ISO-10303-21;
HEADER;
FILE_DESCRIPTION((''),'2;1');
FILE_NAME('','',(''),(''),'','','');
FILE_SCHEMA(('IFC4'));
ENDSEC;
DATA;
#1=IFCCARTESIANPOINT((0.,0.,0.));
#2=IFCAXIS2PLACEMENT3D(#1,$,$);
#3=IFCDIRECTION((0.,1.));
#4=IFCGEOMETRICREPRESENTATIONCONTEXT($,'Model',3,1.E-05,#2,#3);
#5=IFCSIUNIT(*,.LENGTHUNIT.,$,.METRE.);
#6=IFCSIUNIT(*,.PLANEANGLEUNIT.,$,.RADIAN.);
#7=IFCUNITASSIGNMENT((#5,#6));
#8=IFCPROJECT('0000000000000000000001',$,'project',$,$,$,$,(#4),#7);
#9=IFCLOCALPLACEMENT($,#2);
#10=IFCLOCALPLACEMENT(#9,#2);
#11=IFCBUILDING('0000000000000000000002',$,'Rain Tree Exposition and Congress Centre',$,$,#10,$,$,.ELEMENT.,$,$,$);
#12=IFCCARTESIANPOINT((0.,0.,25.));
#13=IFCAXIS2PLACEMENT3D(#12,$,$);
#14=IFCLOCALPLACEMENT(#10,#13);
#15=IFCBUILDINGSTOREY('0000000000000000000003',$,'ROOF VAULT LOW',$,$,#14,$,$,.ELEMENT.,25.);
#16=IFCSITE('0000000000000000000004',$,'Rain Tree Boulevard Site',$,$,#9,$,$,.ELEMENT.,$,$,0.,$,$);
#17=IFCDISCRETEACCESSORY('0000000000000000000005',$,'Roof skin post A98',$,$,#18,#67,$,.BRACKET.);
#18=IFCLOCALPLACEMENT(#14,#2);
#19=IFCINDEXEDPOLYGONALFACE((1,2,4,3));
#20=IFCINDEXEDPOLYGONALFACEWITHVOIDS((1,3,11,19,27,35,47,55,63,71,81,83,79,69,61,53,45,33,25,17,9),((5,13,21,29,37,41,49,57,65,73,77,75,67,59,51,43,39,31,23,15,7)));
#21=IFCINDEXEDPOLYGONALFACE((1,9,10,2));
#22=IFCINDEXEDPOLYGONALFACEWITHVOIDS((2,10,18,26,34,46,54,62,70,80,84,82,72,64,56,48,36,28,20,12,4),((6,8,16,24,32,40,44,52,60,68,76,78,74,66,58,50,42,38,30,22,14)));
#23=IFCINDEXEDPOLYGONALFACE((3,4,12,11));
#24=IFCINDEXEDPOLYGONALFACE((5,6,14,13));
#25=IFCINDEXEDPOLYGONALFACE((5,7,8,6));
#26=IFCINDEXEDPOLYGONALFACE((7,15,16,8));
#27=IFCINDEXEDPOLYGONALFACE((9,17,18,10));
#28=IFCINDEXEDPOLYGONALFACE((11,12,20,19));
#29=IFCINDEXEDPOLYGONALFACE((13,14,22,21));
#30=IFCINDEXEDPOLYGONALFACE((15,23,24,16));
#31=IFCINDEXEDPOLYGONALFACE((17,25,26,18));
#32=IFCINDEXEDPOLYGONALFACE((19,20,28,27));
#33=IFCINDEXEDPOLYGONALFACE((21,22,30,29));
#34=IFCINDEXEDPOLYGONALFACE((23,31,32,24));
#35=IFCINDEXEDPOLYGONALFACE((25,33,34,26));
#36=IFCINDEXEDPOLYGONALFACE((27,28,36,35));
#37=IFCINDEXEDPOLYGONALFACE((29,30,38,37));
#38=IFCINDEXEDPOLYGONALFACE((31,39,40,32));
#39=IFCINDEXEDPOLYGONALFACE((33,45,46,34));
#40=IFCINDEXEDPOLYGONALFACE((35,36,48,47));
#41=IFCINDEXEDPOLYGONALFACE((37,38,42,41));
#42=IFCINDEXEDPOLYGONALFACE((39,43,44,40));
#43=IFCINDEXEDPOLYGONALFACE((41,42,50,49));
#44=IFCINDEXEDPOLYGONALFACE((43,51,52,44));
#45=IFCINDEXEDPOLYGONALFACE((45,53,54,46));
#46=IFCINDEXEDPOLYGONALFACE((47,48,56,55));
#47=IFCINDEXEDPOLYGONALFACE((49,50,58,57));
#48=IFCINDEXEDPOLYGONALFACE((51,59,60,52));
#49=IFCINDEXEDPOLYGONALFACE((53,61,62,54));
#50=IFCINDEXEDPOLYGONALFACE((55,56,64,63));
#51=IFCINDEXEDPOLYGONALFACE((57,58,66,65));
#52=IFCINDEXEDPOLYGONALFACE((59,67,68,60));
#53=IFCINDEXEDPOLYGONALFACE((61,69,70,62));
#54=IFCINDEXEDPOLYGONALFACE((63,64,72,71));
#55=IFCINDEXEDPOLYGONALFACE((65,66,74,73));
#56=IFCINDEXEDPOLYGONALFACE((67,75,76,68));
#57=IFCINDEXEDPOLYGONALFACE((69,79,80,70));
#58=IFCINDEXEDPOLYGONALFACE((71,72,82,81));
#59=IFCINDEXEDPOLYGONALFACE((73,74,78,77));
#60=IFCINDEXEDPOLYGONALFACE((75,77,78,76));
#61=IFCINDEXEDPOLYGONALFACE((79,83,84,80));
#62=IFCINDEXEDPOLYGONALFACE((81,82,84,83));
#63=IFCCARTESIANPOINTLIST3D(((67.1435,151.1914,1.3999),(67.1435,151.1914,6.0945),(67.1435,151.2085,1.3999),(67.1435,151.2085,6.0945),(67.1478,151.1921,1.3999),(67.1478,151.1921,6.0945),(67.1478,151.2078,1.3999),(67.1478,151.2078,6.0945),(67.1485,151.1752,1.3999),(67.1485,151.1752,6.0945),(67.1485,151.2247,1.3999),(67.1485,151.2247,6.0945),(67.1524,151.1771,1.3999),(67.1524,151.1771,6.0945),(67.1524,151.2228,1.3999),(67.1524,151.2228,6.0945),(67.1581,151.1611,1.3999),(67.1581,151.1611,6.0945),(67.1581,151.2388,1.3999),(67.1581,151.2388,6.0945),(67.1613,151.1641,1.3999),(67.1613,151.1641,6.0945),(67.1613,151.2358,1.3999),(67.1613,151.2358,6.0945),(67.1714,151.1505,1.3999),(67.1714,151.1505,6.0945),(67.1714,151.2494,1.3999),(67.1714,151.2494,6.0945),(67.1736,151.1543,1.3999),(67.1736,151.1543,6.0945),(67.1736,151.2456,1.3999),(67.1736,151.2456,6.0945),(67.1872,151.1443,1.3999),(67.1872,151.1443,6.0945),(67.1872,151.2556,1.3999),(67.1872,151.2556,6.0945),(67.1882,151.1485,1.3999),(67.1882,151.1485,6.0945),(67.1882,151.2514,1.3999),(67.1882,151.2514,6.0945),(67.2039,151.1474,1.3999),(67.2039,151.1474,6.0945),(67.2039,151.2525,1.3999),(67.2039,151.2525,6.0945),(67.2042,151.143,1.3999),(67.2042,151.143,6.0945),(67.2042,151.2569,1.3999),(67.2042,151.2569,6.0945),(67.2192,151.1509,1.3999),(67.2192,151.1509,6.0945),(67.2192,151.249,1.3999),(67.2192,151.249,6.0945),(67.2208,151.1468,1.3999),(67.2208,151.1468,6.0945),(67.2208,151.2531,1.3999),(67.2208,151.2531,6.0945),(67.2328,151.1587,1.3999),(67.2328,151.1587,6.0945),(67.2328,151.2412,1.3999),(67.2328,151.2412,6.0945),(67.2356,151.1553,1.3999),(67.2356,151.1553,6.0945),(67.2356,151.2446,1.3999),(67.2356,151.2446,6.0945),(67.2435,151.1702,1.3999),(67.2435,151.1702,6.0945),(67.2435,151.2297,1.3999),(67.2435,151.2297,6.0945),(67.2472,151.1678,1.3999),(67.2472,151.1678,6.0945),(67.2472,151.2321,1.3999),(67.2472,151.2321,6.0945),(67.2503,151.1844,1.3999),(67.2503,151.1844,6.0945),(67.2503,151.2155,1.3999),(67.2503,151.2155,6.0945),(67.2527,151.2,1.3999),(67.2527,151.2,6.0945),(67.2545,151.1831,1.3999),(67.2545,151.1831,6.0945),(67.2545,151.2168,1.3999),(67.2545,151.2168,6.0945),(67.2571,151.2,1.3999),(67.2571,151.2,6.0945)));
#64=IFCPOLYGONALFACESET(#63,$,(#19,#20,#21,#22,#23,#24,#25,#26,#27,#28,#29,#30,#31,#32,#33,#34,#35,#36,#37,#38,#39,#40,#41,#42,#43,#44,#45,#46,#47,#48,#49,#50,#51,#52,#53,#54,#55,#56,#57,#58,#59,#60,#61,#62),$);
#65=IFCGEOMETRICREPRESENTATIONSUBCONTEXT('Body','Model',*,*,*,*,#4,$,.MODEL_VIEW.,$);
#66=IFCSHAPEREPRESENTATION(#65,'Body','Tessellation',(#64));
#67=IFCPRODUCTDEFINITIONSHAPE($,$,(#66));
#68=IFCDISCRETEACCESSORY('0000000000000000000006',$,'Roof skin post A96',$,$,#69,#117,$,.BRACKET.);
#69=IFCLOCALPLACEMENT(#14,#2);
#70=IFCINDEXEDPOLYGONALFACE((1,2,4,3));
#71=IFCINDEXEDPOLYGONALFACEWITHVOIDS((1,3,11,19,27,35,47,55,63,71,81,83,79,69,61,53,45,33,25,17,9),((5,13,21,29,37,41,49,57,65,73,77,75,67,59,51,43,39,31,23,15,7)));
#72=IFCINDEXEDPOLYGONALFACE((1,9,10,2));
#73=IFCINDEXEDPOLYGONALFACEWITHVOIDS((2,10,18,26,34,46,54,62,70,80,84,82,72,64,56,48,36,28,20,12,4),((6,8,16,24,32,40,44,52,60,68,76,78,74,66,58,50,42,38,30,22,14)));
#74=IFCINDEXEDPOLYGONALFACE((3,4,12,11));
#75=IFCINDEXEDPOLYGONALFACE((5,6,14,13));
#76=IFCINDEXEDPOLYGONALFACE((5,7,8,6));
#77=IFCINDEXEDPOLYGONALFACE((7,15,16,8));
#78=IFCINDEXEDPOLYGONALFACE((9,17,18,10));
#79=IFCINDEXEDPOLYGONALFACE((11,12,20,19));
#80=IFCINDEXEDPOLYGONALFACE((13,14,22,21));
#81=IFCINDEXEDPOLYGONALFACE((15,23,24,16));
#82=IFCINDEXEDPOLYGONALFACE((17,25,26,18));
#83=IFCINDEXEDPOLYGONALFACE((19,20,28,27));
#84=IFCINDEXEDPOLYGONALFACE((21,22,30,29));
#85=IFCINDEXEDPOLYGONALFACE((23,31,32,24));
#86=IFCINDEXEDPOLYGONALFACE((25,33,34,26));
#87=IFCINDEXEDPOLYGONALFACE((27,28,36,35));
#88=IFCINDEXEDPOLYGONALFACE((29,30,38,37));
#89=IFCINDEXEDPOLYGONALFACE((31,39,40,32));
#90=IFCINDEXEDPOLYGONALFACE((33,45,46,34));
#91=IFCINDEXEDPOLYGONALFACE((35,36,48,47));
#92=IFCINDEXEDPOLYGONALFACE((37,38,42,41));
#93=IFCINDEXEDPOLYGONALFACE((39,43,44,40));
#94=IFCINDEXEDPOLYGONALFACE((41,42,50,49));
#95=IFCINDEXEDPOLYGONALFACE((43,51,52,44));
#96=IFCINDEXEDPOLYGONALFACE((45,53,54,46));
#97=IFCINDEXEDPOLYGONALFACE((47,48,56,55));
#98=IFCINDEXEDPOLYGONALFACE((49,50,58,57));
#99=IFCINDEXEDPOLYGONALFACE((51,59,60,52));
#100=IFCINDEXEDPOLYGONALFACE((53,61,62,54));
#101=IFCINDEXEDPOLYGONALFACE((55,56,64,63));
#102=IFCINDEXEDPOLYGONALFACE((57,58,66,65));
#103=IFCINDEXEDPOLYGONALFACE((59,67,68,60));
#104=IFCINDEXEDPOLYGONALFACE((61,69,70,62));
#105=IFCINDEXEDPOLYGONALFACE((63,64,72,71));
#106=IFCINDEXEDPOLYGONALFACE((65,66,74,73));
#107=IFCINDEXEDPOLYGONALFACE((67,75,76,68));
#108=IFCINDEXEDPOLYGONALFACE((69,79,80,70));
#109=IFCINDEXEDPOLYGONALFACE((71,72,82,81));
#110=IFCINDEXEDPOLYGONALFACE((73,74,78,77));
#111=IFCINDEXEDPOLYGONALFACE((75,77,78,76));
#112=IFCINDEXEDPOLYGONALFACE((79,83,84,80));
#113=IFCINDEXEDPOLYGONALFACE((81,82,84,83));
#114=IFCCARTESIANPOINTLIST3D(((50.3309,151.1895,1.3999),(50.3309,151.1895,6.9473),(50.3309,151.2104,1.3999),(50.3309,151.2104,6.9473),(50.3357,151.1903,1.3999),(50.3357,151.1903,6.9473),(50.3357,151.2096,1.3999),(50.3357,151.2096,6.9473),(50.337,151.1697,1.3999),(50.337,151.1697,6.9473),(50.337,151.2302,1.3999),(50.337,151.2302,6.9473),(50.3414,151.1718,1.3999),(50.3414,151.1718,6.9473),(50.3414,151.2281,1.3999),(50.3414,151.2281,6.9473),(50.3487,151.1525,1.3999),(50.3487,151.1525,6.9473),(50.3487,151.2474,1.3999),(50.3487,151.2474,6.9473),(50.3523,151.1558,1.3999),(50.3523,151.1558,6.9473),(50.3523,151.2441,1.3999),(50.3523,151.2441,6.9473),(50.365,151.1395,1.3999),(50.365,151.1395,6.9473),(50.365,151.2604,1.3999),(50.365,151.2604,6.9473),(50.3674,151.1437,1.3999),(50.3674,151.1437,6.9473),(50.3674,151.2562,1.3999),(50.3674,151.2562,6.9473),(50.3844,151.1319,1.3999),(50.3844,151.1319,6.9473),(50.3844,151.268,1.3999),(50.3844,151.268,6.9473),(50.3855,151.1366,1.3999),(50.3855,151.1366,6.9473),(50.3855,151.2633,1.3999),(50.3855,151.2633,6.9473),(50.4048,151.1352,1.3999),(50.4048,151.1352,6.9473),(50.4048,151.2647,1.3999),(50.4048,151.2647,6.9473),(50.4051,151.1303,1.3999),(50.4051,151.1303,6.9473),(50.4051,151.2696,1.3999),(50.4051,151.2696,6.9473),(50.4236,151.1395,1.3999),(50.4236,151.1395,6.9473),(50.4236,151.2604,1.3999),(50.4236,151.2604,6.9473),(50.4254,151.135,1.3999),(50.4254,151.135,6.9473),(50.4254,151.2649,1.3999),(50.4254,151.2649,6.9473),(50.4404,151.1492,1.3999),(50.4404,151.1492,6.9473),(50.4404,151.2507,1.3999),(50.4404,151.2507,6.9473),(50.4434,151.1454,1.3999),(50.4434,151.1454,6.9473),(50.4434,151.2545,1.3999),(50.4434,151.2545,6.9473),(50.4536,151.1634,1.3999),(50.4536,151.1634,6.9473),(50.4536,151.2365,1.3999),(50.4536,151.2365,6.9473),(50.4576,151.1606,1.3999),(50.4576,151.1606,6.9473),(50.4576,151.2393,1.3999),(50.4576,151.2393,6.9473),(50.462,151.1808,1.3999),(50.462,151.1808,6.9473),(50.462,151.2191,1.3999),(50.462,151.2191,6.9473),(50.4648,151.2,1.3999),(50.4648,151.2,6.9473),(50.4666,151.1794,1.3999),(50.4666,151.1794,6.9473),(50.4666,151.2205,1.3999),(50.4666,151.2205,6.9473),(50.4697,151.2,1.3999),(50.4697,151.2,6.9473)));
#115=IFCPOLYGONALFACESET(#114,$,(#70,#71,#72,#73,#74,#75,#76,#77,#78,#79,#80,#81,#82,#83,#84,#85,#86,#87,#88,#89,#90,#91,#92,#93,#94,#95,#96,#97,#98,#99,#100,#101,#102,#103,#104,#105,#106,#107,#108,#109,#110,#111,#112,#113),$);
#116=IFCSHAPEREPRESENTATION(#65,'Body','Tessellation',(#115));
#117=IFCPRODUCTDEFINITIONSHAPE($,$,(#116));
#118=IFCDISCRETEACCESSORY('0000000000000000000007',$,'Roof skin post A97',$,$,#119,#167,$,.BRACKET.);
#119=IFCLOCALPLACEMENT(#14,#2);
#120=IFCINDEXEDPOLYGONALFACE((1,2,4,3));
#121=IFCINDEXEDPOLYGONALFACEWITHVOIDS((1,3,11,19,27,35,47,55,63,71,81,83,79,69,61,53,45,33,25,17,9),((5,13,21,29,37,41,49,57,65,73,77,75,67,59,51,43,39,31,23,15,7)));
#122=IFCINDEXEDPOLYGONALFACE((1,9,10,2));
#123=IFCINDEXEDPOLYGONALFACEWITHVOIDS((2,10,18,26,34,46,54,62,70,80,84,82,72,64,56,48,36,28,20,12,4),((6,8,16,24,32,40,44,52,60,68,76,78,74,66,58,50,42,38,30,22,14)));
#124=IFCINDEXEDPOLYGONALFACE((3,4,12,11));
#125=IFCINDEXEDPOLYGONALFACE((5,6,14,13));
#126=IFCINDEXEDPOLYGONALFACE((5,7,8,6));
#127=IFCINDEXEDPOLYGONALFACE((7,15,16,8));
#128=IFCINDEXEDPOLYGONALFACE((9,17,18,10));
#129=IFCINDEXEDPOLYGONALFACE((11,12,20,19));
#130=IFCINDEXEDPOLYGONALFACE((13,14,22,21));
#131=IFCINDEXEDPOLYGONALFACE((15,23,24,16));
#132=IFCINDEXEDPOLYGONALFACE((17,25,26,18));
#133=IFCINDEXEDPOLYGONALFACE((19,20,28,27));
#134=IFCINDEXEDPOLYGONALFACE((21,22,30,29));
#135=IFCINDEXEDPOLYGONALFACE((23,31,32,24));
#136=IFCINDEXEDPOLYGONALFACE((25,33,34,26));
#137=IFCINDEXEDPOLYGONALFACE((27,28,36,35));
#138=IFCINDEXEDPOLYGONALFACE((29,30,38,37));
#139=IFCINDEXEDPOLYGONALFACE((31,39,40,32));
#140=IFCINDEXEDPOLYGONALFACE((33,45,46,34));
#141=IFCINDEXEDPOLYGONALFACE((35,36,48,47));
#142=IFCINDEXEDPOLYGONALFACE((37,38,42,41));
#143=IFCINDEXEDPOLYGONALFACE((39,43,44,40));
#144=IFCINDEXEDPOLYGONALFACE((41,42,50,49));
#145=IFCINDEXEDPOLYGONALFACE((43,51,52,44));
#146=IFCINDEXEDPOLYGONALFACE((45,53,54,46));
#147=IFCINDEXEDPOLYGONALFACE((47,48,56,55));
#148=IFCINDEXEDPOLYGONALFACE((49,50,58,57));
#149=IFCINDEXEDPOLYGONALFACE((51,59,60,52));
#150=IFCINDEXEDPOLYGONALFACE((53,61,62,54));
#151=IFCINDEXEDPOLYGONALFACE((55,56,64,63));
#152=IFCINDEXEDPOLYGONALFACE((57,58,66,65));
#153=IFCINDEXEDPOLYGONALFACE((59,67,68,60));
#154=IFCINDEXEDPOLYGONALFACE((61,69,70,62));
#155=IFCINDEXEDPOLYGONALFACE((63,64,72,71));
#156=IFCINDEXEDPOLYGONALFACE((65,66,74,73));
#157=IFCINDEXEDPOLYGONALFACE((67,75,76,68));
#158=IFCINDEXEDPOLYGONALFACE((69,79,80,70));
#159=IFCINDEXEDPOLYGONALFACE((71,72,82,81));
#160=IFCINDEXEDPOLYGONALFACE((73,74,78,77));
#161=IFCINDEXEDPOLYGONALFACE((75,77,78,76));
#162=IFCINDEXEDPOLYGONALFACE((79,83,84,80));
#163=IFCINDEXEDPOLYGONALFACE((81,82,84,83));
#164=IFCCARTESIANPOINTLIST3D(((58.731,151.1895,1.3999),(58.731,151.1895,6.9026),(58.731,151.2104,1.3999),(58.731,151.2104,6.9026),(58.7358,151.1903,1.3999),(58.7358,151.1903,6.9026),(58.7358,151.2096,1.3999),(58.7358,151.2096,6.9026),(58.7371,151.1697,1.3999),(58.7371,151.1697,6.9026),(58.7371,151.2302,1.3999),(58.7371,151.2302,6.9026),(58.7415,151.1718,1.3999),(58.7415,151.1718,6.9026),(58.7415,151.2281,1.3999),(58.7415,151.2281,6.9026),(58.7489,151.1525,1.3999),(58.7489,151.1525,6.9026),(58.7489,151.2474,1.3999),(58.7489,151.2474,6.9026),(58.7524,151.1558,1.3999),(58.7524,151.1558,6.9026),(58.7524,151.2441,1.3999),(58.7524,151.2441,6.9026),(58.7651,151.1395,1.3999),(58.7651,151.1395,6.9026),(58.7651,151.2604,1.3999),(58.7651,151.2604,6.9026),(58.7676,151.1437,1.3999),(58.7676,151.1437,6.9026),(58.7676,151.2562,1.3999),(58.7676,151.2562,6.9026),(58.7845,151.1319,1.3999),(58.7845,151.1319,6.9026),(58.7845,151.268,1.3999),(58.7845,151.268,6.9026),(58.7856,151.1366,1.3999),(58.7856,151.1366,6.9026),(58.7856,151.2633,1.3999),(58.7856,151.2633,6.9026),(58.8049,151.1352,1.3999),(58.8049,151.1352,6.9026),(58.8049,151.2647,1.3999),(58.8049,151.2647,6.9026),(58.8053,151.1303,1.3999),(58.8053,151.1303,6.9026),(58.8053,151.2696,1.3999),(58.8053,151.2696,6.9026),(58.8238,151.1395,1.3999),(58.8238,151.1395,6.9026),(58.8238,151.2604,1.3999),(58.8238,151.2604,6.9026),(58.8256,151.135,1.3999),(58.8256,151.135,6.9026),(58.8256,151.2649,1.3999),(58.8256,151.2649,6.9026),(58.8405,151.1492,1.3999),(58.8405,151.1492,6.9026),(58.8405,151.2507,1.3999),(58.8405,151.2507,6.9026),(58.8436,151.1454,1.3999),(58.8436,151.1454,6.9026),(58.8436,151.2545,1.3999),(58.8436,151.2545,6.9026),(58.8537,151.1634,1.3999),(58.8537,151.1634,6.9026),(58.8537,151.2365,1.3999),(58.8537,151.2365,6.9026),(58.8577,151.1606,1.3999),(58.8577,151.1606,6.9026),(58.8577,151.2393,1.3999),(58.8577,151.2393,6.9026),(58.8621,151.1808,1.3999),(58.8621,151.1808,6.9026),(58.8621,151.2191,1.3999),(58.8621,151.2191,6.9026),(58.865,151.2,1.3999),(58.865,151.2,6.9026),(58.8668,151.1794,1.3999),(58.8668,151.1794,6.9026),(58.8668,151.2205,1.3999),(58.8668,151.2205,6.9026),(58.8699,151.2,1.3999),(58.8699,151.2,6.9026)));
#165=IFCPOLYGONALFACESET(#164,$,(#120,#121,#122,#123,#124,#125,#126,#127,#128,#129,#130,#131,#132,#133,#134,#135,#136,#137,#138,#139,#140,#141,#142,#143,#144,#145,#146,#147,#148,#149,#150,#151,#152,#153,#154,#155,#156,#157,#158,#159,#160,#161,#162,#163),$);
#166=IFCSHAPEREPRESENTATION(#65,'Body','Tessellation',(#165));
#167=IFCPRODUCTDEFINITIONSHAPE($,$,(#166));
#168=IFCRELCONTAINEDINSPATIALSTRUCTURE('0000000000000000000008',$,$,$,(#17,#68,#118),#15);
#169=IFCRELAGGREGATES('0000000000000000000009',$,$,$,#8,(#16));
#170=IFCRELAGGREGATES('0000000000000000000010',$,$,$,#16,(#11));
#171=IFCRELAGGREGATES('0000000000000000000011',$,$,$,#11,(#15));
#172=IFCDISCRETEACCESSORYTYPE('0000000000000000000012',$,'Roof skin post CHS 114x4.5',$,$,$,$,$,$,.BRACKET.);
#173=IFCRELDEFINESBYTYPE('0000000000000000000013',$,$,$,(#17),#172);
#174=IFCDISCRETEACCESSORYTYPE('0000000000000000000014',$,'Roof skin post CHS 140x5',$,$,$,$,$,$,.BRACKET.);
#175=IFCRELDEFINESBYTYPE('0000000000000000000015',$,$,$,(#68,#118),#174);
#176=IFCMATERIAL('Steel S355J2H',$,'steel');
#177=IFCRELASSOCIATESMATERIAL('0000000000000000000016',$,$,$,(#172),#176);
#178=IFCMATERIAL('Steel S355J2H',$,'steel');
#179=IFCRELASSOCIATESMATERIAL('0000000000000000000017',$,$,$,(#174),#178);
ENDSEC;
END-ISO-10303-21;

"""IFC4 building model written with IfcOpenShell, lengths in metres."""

from ifc_helpers import new_model, si_unit, direction, frame, origin, origin_2d, place, context, subcontext, project, spatial, hollow_circle, extrude, material, material_profile, profile_set, type_object, element, save


model = new_model("IFC4")

# Units and contexts
model_context = context("Model", 3, precision=1e-05, world=origin(), true_north=direction((0.0, 1.0)))
body_context = subcontext(model_context, "Body", "Model", "MODEL_VIEW")
ifc_project = project(units=[si_unit("LENGTHUNIT", "METRE"), si_unit("PLANEANGLEUNIT", "RADIAN")], contexts=[model_context])

# Site, building, storey
site_placement = place(None, origin())
site = spatial("IfcSite", under=ifc_project, at=site_placement, Name="Rain Tree Boulevard Site", CompositionType="ELEMENT", RefElevation=0.0)
building_placement = place(site_placement, origin())
building = spatial("IfcBuilding", under=site, at=building_placement, Name="Rain Tree Exposition and Congress Centre", CompositionType="ELEMENT")
storey_placement = place(building_placement, frame((0.0, 0.0, 25.0)))
storey = spatial("IfcBuildingStorey", under=building, at=storey_placement, Name="ROOF VAULT LOW", CompositionType="ELEMENT", Elevation=25.0)

# Discrete accessories
ifc_material_1 = material(Name="Steel S355J2H", Category="steel")
ifc_material_profile_1 = material_profile(ifc_material_1, hollow_circle(Radius=0.0571, WallThickness=0.0044, at=origin_2d()), Name="CHS 114x4.5")
ifc_profile_set_1 = profile_set([ifc_material_profile_1], Name="Steel S355J2H")
discrete_accessory_type_1 = type_object("IfcDiscreteAccessoryType", Name="Roof skin post CHS 114x4.5", PredefinedType="BRACKET", material=ifc_profile_set_1)
discrete_accessory_1_placement = place(storey_placement, frame((67.2, 151.2, 1.3999), z_axis=(0.0, 0.0, 1.0), x_axis=(1.0, 0.0, 0.0)))
element("IfcDiscreteAccessory", 1, at=discrete_accessory_1_placement, inside=storey, type_object=discrete_accessory_type_1, Name="Roof skin post A98", PredefinedType="BRACKET", context=body_context, shape_type="SweptSolid", body=[
    extrude(hollow_circle(Radius=0.0571, WallThickness=0.0044, at=origin_2d()), origin(), (0.0, 0.0, 1.0), 4.6946),
])
ifc_material_2 = material(Name="Steel S355J2H", Category="steel")
ifc_material_profile_2 = material_profile(ifc_material_2, hollow_circle(Radius=0.0698, WallThickness=0.0049, at=origin_2d()), Name="CHS 140x5")
ifc_profile_set_2 = profile_set([ifc_material_profile_2], Name="Steel S355J2H")
discrete_accessory_type_2 = type_object("IfcDiscreteAccessoryType", Name="Roof skin post CHS 140x5", PredefinedType="BRACKET", material=ifc_profile_set_2)
discrete_accessory_2_placement = place(storey_placement, frame((50.3999, 151.2, 1.3999), z_axis=(0.0, 0.0, 1.0), x_axis=(1.0, 0.0, 0.0)))
element("IfcDiscreteAccessory", 2, at=discrete_accessory_2_placement, inside=storey, type_object=discrete_accessory_type_2, Name="Roof skin post A96", PredefinedType="BRACKET", context=body_context, shape_type="SweptSolid", body=[
    extrude(hollow_circle(Radius=0.0698, WallThickness=0.0049, at=origin_2d()), origin(), (0.0, 0.0, 1.0), 5.5474),
])
discrete_accessory_3_placement = place(storey_placement, frame((58.8, 151.2, 1.3999), z_axis=(0.0, 0.0, 1.0), x_axis=(1.0, 0.0, 0.0)))
element("IfcDiscreteAccessory", 3, at=discrete_accessory_3_placement, inside=storey, type_object=discrete_accessory_type_2, Name="Roof skin post A97", PredefinedType="BRACKET", context=body_context, shape_type="SweptSolid", body=[
    extrude(hollow_circle(Radius=0.0698, WallThickness=0.0049, at=origin_2d()), origin(), (0.0, 0.0, 1.0), 5.5027),
])

save(model, "model.ifc")
